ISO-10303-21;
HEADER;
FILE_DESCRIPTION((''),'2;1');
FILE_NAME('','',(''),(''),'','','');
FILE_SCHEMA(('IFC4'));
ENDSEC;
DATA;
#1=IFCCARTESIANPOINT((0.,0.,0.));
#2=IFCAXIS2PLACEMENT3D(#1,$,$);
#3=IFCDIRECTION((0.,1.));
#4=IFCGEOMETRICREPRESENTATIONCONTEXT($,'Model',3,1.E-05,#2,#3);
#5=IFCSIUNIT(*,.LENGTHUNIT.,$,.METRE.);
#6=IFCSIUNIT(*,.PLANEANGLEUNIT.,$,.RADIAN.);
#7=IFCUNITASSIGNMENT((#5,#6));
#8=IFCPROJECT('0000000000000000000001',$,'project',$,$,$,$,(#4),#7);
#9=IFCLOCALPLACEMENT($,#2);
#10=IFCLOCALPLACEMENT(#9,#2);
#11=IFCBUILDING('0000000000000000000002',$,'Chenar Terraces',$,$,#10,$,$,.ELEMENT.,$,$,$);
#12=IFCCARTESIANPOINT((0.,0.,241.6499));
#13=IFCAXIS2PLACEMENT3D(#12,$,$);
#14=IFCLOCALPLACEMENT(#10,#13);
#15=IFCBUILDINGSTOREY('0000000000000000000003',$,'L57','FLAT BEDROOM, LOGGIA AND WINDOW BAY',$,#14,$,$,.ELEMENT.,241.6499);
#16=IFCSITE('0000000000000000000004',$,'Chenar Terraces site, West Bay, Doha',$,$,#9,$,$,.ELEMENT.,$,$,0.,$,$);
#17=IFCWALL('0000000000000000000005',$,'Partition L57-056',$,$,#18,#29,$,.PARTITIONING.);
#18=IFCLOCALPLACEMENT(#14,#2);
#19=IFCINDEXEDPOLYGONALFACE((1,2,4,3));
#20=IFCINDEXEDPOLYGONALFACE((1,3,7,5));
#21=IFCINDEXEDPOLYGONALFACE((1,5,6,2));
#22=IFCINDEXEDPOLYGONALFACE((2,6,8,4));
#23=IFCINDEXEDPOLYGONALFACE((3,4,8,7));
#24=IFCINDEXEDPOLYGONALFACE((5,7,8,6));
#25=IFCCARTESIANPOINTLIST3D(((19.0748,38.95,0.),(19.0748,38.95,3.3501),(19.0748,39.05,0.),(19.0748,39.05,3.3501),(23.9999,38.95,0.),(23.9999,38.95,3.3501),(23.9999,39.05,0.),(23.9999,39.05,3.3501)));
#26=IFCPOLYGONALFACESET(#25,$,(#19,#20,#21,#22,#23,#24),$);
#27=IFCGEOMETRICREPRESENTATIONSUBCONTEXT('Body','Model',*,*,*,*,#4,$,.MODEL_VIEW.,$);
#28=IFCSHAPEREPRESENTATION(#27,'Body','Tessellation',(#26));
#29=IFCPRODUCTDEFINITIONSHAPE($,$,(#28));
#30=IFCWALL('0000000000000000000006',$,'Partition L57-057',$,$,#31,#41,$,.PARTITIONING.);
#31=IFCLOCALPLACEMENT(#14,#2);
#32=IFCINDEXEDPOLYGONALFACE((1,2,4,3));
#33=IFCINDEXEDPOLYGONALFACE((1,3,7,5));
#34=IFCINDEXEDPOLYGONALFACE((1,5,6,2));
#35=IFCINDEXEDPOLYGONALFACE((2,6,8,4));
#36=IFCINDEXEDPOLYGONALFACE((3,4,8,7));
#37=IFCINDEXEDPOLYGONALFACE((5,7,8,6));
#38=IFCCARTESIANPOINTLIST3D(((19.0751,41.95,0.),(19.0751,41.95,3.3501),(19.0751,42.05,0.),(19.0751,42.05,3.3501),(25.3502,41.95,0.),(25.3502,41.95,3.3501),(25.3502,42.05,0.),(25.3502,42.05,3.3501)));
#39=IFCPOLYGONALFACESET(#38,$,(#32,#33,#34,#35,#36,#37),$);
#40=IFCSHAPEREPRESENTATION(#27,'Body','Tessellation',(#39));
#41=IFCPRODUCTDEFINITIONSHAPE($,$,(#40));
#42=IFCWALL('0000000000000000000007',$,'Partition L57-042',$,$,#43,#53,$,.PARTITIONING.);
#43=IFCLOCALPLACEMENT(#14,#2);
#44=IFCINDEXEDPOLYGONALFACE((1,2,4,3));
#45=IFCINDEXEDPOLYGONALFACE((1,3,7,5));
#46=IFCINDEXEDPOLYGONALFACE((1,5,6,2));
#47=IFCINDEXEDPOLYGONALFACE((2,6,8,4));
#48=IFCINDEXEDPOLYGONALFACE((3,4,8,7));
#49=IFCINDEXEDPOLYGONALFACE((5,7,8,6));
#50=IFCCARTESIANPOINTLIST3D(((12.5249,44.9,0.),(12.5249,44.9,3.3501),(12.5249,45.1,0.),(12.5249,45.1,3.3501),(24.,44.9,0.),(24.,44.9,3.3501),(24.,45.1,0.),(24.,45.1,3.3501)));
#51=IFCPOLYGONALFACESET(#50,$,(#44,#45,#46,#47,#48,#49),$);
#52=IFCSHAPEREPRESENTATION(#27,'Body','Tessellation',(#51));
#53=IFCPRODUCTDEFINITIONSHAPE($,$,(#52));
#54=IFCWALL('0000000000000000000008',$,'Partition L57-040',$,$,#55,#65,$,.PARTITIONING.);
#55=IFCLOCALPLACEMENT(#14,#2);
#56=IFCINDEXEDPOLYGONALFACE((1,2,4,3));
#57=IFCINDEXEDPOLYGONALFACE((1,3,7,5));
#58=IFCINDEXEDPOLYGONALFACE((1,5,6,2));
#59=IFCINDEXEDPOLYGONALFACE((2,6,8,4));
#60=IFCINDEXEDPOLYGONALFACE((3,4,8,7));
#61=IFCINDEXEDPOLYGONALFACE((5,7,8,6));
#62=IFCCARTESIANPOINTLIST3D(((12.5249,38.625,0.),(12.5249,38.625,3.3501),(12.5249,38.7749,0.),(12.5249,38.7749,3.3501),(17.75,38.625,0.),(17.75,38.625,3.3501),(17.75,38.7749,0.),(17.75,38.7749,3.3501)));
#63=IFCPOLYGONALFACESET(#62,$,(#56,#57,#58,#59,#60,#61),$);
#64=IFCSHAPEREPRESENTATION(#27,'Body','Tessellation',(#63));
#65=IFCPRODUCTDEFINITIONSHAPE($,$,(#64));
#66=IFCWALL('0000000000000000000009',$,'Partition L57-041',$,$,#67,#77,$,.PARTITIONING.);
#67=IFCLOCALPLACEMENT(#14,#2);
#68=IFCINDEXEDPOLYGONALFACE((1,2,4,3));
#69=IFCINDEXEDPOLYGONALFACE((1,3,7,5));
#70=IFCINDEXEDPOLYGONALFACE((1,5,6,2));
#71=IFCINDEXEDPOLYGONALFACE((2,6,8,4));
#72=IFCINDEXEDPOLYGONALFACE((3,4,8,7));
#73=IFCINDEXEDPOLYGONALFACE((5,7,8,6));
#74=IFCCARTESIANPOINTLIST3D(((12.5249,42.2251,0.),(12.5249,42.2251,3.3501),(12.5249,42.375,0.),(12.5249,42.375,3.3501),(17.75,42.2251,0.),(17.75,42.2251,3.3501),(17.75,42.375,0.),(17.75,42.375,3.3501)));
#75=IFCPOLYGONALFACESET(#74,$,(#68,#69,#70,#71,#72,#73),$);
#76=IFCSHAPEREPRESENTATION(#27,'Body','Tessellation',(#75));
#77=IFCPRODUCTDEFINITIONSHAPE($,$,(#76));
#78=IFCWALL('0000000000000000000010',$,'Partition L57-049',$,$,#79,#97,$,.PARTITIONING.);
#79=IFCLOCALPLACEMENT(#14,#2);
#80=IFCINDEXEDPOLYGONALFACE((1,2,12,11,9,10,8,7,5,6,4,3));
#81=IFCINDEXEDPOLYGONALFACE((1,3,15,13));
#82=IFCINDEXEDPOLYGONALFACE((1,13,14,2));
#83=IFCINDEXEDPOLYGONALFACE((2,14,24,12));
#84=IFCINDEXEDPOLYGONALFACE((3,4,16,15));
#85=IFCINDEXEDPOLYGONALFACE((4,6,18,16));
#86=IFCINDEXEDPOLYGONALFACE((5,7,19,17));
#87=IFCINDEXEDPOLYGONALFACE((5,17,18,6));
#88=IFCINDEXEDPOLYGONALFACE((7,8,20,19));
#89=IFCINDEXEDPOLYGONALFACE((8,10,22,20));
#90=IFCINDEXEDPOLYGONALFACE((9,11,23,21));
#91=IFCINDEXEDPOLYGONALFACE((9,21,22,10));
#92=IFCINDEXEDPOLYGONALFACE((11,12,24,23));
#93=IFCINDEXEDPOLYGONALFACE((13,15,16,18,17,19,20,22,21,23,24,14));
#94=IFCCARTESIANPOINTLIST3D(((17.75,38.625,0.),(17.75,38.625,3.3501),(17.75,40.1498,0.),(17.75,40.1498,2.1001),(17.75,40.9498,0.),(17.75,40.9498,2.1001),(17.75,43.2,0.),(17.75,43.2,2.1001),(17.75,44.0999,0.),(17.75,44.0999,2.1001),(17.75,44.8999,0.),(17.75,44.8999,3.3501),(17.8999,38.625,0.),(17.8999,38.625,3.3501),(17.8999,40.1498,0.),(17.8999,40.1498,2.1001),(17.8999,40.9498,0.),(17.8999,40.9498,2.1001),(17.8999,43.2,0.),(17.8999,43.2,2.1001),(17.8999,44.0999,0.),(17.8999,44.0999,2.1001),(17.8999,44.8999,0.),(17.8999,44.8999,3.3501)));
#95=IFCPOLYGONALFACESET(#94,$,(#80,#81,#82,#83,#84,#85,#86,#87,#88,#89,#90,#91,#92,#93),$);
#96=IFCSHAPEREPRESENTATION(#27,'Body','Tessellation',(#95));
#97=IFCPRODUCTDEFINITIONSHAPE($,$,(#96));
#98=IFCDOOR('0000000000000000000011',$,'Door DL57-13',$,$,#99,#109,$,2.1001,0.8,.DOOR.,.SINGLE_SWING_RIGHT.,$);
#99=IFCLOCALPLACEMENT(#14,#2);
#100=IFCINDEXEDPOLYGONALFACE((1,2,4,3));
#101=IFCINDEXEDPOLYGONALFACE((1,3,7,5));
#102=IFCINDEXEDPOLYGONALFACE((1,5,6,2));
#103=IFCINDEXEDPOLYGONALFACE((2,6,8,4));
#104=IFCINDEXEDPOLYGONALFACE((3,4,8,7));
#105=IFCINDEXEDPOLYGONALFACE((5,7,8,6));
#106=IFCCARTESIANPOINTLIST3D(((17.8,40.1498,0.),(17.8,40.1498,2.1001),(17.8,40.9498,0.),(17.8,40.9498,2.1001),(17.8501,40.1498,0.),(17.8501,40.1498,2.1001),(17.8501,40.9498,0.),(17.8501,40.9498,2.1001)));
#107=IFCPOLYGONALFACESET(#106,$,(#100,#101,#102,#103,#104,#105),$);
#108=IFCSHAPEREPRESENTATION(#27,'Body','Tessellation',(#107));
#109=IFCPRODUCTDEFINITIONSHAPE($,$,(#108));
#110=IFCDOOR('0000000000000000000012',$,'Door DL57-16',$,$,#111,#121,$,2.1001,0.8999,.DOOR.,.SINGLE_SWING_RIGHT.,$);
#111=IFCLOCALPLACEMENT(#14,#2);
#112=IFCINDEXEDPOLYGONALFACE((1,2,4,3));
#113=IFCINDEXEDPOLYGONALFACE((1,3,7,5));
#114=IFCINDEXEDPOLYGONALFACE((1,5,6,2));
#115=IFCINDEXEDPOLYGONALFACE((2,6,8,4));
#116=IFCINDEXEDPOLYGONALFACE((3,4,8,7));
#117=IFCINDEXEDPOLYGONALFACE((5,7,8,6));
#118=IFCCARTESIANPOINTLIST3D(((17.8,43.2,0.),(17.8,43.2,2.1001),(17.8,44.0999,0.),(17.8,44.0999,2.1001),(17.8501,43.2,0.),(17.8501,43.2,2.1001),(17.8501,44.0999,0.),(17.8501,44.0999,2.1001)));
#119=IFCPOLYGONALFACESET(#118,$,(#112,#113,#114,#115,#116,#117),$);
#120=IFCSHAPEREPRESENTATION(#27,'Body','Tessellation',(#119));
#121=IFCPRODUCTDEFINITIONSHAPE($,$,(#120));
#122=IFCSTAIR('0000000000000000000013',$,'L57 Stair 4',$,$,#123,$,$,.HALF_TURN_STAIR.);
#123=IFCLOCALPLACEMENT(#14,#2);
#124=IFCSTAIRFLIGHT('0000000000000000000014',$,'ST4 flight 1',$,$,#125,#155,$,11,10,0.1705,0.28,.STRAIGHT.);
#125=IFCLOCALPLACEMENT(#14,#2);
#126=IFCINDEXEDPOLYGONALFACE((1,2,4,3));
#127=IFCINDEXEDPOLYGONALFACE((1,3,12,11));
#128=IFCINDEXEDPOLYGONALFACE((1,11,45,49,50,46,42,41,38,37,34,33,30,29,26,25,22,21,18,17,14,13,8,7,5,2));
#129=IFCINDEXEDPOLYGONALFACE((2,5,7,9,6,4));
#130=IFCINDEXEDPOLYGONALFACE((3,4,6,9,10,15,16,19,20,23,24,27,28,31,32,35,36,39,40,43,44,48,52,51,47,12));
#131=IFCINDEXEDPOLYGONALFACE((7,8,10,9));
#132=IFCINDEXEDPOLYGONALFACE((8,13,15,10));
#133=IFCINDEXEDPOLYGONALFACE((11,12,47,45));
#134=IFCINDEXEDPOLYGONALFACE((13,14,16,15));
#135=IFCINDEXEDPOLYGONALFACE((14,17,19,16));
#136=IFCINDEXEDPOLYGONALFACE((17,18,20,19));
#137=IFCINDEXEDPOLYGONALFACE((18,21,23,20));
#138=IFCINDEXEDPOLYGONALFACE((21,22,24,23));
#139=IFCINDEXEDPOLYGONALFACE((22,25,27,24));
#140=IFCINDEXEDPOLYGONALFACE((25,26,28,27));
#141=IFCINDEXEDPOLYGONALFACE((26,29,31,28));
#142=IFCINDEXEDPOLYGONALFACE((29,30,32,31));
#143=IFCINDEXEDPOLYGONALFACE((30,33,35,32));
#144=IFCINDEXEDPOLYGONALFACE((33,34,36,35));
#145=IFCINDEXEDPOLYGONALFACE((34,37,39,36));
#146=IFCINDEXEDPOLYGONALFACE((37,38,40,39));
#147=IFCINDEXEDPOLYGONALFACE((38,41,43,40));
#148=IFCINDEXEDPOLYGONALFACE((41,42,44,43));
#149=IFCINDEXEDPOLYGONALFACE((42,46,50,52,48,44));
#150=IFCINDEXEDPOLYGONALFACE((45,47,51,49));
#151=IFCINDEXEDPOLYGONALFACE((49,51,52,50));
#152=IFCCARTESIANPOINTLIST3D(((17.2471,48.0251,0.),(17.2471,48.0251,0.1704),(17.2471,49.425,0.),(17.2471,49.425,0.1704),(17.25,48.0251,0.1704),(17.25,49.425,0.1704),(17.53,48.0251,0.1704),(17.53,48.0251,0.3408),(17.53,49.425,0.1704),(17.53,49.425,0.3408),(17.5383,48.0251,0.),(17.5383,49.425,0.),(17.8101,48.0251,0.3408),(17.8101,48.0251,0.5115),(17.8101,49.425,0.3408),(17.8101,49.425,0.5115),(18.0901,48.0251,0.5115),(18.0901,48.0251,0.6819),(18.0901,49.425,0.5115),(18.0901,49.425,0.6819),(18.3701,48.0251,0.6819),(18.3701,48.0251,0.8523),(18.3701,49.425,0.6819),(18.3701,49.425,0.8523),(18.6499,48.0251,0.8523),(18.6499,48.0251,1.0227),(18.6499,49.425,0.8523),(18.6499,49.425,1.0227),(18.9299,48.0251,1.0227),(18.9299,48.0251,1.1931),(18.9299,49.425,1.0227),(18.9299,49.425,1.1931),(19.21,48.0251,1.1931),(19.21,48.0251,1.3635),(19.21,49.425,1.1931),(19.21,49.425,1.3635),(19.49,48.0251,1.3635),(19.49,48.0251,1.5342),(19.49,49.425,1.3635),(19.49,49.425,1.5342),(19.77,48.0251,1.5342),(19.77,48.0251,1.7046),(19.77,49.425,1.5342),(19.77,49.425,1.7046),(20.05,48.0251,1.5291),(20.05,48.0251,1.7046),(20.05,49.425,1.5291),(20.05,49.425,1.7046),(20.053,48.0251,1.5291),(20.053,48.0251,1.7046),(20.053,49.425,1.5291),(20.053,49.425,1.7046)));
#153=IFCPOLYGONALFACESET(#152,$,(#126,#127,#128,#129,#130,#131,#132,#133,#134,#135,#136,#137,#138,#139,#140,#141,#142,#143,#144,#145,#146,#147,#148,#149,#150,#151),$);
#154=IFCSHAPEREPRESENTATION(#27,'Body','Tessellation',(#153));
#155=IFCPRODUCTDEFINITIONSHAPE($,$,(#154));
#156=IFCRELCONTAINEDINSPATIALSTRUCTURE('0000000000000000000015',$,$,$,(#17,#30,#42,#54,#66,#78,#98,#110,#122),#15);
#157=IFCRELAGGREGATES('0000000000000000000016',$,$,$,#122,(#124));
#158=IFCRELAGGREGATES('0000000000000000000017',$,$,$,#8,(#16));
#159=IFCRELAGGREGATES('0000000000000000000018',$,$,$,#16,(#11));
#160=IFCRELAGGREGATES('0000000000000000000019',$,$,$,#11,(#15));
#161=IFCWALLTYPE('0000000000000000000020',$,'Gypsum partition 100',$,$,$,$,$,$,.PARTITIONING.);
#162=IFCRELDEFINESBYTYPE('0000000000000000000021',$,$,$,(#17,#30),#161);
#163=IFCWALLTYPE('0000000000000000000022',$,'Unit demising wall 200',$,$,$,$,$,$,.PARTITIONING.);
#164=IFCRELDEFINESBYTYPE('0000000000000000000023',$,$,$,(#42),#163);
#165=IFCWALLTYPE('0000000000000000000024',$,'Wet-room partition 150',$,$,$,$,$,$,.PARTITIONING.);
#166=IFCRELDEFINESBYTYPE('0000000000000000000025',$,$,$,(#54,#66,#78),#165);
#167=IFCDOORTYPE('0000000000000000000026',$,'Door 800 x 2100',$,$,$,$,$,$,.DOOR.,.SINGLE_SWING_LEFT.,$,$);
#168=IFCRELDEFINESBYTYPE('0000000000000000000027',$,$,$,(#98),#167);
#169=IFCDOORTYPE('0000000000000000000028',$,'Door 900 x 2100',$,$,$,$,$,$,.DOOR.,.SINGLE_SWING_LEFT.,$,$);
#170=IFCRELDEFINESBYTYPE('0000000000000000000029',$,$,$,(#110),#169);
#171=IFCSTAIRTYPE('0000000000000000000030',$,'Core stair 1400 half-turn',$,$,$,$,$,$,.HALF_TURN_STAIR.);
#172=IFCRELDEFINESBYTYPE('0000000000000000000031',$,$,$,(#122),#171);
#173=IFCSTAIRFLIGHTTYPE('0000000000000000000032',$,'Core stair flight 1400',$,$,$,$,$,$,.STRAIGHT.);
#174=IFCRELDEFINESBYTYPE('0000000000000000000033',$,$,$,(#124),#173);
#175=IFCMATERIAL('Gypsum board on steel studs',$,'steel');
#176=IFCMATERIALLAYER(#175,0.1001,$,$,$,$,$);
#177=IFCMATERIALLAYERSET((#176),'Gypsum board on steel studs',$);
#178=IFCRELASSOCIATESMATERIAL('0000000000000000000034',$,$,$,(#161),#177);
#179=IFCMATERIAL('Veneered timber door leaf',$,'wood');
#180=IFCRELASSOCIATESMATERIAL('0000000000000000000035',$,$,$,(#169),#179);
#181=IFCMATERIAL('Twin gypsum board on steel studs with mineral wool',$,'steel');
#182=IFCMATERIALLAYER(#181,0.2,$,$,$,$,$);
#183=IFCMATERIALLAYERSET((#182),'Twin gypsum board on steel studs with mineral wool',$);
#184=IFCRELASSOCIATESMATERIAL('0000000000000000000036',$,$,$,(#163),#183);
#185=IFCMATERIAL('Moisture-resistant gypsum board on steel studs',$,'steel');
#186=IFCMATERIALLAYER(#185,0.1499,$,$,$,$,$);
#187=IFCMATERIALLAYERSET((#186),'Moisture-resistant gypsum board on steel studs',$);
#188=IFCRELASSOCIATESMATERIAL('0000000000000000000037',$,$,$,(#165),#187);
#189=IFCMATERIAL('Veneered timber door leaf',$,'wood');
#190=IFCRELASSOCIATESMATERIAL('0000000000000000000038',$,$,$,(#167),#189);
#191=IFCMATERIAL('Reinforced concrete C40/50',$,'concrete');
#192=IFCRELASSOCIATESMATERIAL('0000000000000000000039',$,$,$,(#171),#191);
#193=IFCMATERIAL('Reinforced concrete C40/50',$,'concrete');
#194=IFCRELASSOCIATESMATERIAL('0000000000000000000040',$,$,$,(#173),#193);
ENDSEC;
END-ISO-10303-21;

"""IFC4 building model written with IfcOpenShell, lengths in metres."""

from ifc_helpers import new_model, si_unit, direction, frame, frame_2d, origin, place, context, subcontext, project, spatial, polyline, rectangle, outline, extrude, material, layer, layer_set, type_object, element, fill, aggregate, save


model = new_model("IFC4")

# Units and contexts
model_context = context("Model", 3, precision=1e-05, world=origin(), true_north=direction((0.0, 1.0)))
body_context = subcontext(model_context, "Body", "Model", "MODEL_VIEW")
ifc_project = project(units=[si_unit("LENGTHUNIT", "METRE"), si_unit("PLANEANGLEUNIT", "RADIAN")], contexts=[model_context])

# Site, building, storey
site_placement = place(None, origin())
site = spatial("IfcSite", under=ifc_project, at=site_placement, Name="Chenar Terraces site, West Bay, Doha", CompositionType="ELEMENT", RefElevation=0.0)
building_placement = place(site_placement, origin())
building = spatial("IfcBuilding", under=site, at=building_placement, Name="Chenar Terraces", CompositionType="ELEMENT")
storey_placement = place(building_placement, frame((0.0, 0.0, 241.6499)))
storey = spatial("IfcBuildingStorey", under=building, at=storey_placement, Name="L57", Description="FLAT BEDROOM, LOGGIA AND WINDOW BAY", CompositionType="ELEMENT", Elevation=241.6499)

# Shared definitions
ifc_material_1 = material(Name="Gypsum board on steel studs", Category="steel")
ifc_layer_1 = layer(ifc_material_1, 0.1001)
ifc_layer_set_1 = layer_set([ifc_layer_1], Name="Gypsum board on steel studs")
wall_type_1 = type_object("IfcWallType", Name="Gypsum partition 100", PredefinedType="PARTITIONING", material=ifc_layer_set_1)
ifc_material_2 = material(Name="Veneered timber door leaf", Category="wood")
door_type_1 = type_object("IfcDoorType", Name="Door 900 x 2100", OperationType="SINGLE_SWING_LEFT", PredefinedType="DOOR", material=ifc_material_2)

# Walls
wall_1_placement = place(storey_placement, frame((19.075, 39.0, 0.0), z_axis=(0.0, 0.0, 1.0), x_axis=(1.0, 0.0, 0.0)))
element("IfcWall", 1, at=wall_1_placement, inside=storey, type_object=wall_type_1, Name="Partition L57-056", PredefinedType="PARTITIONING", context=body_context, shape_type="SweptSolid", body=[
    extrude(rectangle(XDim=4.925, YDim=0.1001, at=frame_2d((2.4624, 0.0))), origin(), (0.0, 0.0, 1.0), 3.3501),
])
wall_2_placement = place(storey_placement, frame((19.075, 42.0, 0.0), z_axis=(0.0, 0.0, 1.0), x_axis=(1.0, 0.0, 0.0)))
element("IfcWall", 2, at=wall_2_placement, inside=storey, type_object=wall_type_1, Name="Partition L57-057", PredefinedType="PARTITIONING", context=body_context, shape_type="SweptSolid", body=[
    extrude(rectangle(XDim=6.2751, YDim=0.1001, at=frame_2d((3.1377, 0.0))), origin(), (0.0, 0.0, 1.0), 3.3501),
])
ifc_material_3 = material(Name="Twin gypsum board on steel studs with mineral wool", Category="steel")
ifc_layer_2 = layer(ifc_material_3, 0.2)
ifc_layer_set_2 = layer_set([ifc_layer_2], Name="Twin gypsum board on steel studs with mineral wool")
wall_type_2 = type_object("IfcWallType", Name="Unit demising wall 200", PredefinedType="PARTITIONING", material=ifc_layer_set_2)
wall_3_placement = place(storey_placement, frame((12.5249, 45.0, 0.0), z_axis=(0.0, 0.0, 1.0), x_axis=(1.0, 0.0, 0.0)))
element("IfcWall", 3, at=wall_3_placement, inside=storey, type_object=wall_type_2, Name="Partition L57-042", PredefinedType="PARTITIONING", context=body_context, shape_type="SweptSolid", body=[
    extrude(rectangle(XDim=11.4751, YDim=0.2, at=frame_2d((5.7375, 0.0))), origin(), (0.0, 0.0, 1.0), 3.3501),
])
ifc_material_4 = material(Name="Moisture-resistant gypsum board on steel studs", Category="steel")
ifc_layer_3 = layer(ifc_material_4, 0.1499)
ifc_layer_set_3 = layer_set([ifc_layer_3], Name="Moisture-resistant gypsum board on steel studs")
wall_type_3 = type_object("IfcWallType", Name="Wet-room partition 150", PredefinedType="PARTITIONING", material=ifc_layer_set_3)
for number, where, z_axis, x_axis, name in (
    (4, (12.5249, 38.7, 0.0), (0.0, 0.0, 1.0), (1.0, 0.0, 0.0), "Partition L57-040"),
    (5, (12.5249, 42.3, 0.0), (0.0, 0.0, 1.0), (1.0, 0.0, 0.0), "Partition L57-041"),
):
    element("IfcWall", number, at=place(storey_placement, frame(where, z_axis=z_axis, x_axis=x_axis)), inside=storey, type_object=wall_type_3, Name=name, PredefinedType="PARTITIONING", context=body_context, shape_type="SweptSolid", body=[
        extrude(rectangle(XDim=5.2251, YDim=0.1499, at=frame_2d((2.6125, 0.0))), origin(), (0.0, 0.0, 1.0), 3.3501),
    ])

# Wall, openings, doors
wall_4_placement = place(storey_placement, frame((17.825, 38.625, 0.0), z_axis=(0.0, 0.0, 1.0), x_axis=(0.0, 1.0, 0.0)))
wall_4 = element("IfcWall", 6, at=wall_4_placement, inside=storey, type_object=wall_type_3, Name="Partition L57-049", PredefinedType="PARTITIONING", context=body_context, shape_type="SweptSolid", body=[
    extrude(rectangle(XDim=6.2749, YDim=0.1499, at=frame_2d((3.1375, 0.0))), origin(), (0.0, 0.0, 1.0), 3.3501),
])
opening_1_placement = place(wall_4_placement, frame((1.5249, 0.0, 0.0)))
opening_1 = element("IfcOpeningElement", 7, at=opening_1_placement, cuts=wall_4, PredefinedType="OPENING", context=body_context, shape_type="SweptSolid", body=[
    extrude(rectangle(XDim=0.8, YDim=2.1001, at=frame_2d((0.3999, 1.05))), frame((0.0, 0.085, 0.0), z_axis=(0.0, -1.0, 0.0), x_axis=(1.0, 0.0, 0.0)), (0.0, 0.0, 1.0), 0.1699),
])
opening_2_placement = place(wall_4_placement, frame((4.575, 0.0, 0.0)))
opening_2 = element("IfcOpeningElement", 8, at=opening_2_placement, cuts=wall_4, PredefinedType="OPENING", context=body_context, shape_type="SweptSolid", body=[
    extrude(rectangle(XDim=0.8999, YDim=2.1001, at=frame_2d((0.45, 1.05))), frame((0.0, 0.085, 0.0), z_axis=(0.0, -1.0, 0.0), x_axis=(1.0, 0.0, 0.0)), (0.0, 0.0, 1.0), 0.1699),
])
ifc_material_5 = material(Name="Veneered timber door leaf", Category="wood")
door_type_2 = type_object("IfcDoorType", Name="Door 800 x 2100", OperationType="SINGLE_SWING_LEFT", PredefinedType="DOOR", material=ifc_material_5)
door_1_placement = place(opening_1_placement, origin())
door_1 = element("IfcDoor", 9, at=door_1_placement, inside=storey, type_object=door_type_2, Name="Door DL57-13", OperationType="SINGLE_SWING_RIGHT", OverallHeight=2.1001, OverallWidth=0.8, PredefinedType="DOOR", context=body_context, shape_type="SweptSolid", body=[
    extrude(rectangle(XDim=0.8, YDim=2.1001, at=frame_2d((0.3999, 1.05))), frame((0.0, 0.0249, 0.0), z_axis=(0.0, -1.0, 0.0), x_axis=(1.0, 0.0, 0.0)), (0.0, 0.0, 1.0), 0.05),
])
fill(opening_1, door_1)
door_2_placement = place(opening_2_placement, origin())
door_2 = element("IfcDoor", 10, at=door_2_placement, inside=storey, type_object=door_type_1, Name="Door DL57-16", OperationType="SINGLE_SWING_RIGHT", OverallHeight=2.1001, OverallWidth=0.8999, PredefinedType="DOOR", context=body_context, shape_type="SweptSolid", body=[
    extrude(rectangle(XDim=0.8999, YDim=2.1001, at=frame_2d((0.45, 1.05))), frame((0.0, 0.0249, 0.0), z_axis=(0.0, -1.0, 0.0), x_axis=(1.0, 0.0, 0.0)), (0.0, 0.0, 1.0), 0.05),
])
fill(opening_2, door_2)

# Stair, stair flight
ifc_material_6 = material(Name="Reinforced concrete C40/50", Category="concrete")
stair_type = type_object("IfcStairType", Name="Core stair 1400 half-turn", PredefinedType="HALF_TURN_STAIR", material=ifc_material_6)
stair_placement = place(storey_placement, origin())
stair = element("IfcStair", 11, at=stair_placement, inside=storey, type_object=stair_type, Name="L57 Stair 4", PredefinedType="HALF_TURN_STAIR")
ifc_material_7 = material(Name="Reinforced concrete C40/50", Category="concrete")
stair_flight_type = type_object("IfcStairFlightType", Name="Core stair flight 1400", PredefinedType="STRAIGHT", material=ifc_material_7)
stair_flight_placement = place(storey_placement, frame((17.25, 48.7251, 0.0), z_axis=(0.0, 0.0, 1.0), x_axis=(1.0, 0.0, 0.0)))
stair_flight = element("IfcStairFlight", 12, at=stair_flight_placement, type_object=stair_flight_type, Name="ST4 flight 1", NumberOfRisers=11, NumberOfTreads=10, PredefinedType="STRAIGHT", RiserHeight=0.1705, TreadLength=0.28, context=body_context, shape_type="SweptSolid", body=[
    extrude(outline(polyline([(-0.0029, 0.0), (-0.0029, 0.1704), (0.0, 0.1704), (0.28, 0.1704), (0.28, 0.3408), (0.5601, 0.3408), (0.5601, 0.5115), (0.8401, 0.5115), (0.8401, 0.6819), (1.1201, 0.6819), (1.1201, 0.8523), (1.3999, 0.8523), (1.3999, 1.0227), (1.6799, 1.0227), (1.6799, 1.1931), (1.96, 1.1931), (1.96, 1.3635), (2.24, 1.3635), (2.24, 1.5342), (2.52, 1.5342), (2.52, 1.7046), (2.8, 1.7046), (2.803, 1.7046), (2.803, 1.5291), (2.8, 1.5291), (0.2883, 0.0), (-0.0029, 0.0)])), frame((0.0, 0.7, 0.0), z_axis=(0.0, -1.0, 0.0), x_axis=(1.0, 0.0, 0.0)), (0.0, 0.0, 1.0), 1.3999),
])
aggregate(stair, [stair_flight])

save(model, "model.ifc")
